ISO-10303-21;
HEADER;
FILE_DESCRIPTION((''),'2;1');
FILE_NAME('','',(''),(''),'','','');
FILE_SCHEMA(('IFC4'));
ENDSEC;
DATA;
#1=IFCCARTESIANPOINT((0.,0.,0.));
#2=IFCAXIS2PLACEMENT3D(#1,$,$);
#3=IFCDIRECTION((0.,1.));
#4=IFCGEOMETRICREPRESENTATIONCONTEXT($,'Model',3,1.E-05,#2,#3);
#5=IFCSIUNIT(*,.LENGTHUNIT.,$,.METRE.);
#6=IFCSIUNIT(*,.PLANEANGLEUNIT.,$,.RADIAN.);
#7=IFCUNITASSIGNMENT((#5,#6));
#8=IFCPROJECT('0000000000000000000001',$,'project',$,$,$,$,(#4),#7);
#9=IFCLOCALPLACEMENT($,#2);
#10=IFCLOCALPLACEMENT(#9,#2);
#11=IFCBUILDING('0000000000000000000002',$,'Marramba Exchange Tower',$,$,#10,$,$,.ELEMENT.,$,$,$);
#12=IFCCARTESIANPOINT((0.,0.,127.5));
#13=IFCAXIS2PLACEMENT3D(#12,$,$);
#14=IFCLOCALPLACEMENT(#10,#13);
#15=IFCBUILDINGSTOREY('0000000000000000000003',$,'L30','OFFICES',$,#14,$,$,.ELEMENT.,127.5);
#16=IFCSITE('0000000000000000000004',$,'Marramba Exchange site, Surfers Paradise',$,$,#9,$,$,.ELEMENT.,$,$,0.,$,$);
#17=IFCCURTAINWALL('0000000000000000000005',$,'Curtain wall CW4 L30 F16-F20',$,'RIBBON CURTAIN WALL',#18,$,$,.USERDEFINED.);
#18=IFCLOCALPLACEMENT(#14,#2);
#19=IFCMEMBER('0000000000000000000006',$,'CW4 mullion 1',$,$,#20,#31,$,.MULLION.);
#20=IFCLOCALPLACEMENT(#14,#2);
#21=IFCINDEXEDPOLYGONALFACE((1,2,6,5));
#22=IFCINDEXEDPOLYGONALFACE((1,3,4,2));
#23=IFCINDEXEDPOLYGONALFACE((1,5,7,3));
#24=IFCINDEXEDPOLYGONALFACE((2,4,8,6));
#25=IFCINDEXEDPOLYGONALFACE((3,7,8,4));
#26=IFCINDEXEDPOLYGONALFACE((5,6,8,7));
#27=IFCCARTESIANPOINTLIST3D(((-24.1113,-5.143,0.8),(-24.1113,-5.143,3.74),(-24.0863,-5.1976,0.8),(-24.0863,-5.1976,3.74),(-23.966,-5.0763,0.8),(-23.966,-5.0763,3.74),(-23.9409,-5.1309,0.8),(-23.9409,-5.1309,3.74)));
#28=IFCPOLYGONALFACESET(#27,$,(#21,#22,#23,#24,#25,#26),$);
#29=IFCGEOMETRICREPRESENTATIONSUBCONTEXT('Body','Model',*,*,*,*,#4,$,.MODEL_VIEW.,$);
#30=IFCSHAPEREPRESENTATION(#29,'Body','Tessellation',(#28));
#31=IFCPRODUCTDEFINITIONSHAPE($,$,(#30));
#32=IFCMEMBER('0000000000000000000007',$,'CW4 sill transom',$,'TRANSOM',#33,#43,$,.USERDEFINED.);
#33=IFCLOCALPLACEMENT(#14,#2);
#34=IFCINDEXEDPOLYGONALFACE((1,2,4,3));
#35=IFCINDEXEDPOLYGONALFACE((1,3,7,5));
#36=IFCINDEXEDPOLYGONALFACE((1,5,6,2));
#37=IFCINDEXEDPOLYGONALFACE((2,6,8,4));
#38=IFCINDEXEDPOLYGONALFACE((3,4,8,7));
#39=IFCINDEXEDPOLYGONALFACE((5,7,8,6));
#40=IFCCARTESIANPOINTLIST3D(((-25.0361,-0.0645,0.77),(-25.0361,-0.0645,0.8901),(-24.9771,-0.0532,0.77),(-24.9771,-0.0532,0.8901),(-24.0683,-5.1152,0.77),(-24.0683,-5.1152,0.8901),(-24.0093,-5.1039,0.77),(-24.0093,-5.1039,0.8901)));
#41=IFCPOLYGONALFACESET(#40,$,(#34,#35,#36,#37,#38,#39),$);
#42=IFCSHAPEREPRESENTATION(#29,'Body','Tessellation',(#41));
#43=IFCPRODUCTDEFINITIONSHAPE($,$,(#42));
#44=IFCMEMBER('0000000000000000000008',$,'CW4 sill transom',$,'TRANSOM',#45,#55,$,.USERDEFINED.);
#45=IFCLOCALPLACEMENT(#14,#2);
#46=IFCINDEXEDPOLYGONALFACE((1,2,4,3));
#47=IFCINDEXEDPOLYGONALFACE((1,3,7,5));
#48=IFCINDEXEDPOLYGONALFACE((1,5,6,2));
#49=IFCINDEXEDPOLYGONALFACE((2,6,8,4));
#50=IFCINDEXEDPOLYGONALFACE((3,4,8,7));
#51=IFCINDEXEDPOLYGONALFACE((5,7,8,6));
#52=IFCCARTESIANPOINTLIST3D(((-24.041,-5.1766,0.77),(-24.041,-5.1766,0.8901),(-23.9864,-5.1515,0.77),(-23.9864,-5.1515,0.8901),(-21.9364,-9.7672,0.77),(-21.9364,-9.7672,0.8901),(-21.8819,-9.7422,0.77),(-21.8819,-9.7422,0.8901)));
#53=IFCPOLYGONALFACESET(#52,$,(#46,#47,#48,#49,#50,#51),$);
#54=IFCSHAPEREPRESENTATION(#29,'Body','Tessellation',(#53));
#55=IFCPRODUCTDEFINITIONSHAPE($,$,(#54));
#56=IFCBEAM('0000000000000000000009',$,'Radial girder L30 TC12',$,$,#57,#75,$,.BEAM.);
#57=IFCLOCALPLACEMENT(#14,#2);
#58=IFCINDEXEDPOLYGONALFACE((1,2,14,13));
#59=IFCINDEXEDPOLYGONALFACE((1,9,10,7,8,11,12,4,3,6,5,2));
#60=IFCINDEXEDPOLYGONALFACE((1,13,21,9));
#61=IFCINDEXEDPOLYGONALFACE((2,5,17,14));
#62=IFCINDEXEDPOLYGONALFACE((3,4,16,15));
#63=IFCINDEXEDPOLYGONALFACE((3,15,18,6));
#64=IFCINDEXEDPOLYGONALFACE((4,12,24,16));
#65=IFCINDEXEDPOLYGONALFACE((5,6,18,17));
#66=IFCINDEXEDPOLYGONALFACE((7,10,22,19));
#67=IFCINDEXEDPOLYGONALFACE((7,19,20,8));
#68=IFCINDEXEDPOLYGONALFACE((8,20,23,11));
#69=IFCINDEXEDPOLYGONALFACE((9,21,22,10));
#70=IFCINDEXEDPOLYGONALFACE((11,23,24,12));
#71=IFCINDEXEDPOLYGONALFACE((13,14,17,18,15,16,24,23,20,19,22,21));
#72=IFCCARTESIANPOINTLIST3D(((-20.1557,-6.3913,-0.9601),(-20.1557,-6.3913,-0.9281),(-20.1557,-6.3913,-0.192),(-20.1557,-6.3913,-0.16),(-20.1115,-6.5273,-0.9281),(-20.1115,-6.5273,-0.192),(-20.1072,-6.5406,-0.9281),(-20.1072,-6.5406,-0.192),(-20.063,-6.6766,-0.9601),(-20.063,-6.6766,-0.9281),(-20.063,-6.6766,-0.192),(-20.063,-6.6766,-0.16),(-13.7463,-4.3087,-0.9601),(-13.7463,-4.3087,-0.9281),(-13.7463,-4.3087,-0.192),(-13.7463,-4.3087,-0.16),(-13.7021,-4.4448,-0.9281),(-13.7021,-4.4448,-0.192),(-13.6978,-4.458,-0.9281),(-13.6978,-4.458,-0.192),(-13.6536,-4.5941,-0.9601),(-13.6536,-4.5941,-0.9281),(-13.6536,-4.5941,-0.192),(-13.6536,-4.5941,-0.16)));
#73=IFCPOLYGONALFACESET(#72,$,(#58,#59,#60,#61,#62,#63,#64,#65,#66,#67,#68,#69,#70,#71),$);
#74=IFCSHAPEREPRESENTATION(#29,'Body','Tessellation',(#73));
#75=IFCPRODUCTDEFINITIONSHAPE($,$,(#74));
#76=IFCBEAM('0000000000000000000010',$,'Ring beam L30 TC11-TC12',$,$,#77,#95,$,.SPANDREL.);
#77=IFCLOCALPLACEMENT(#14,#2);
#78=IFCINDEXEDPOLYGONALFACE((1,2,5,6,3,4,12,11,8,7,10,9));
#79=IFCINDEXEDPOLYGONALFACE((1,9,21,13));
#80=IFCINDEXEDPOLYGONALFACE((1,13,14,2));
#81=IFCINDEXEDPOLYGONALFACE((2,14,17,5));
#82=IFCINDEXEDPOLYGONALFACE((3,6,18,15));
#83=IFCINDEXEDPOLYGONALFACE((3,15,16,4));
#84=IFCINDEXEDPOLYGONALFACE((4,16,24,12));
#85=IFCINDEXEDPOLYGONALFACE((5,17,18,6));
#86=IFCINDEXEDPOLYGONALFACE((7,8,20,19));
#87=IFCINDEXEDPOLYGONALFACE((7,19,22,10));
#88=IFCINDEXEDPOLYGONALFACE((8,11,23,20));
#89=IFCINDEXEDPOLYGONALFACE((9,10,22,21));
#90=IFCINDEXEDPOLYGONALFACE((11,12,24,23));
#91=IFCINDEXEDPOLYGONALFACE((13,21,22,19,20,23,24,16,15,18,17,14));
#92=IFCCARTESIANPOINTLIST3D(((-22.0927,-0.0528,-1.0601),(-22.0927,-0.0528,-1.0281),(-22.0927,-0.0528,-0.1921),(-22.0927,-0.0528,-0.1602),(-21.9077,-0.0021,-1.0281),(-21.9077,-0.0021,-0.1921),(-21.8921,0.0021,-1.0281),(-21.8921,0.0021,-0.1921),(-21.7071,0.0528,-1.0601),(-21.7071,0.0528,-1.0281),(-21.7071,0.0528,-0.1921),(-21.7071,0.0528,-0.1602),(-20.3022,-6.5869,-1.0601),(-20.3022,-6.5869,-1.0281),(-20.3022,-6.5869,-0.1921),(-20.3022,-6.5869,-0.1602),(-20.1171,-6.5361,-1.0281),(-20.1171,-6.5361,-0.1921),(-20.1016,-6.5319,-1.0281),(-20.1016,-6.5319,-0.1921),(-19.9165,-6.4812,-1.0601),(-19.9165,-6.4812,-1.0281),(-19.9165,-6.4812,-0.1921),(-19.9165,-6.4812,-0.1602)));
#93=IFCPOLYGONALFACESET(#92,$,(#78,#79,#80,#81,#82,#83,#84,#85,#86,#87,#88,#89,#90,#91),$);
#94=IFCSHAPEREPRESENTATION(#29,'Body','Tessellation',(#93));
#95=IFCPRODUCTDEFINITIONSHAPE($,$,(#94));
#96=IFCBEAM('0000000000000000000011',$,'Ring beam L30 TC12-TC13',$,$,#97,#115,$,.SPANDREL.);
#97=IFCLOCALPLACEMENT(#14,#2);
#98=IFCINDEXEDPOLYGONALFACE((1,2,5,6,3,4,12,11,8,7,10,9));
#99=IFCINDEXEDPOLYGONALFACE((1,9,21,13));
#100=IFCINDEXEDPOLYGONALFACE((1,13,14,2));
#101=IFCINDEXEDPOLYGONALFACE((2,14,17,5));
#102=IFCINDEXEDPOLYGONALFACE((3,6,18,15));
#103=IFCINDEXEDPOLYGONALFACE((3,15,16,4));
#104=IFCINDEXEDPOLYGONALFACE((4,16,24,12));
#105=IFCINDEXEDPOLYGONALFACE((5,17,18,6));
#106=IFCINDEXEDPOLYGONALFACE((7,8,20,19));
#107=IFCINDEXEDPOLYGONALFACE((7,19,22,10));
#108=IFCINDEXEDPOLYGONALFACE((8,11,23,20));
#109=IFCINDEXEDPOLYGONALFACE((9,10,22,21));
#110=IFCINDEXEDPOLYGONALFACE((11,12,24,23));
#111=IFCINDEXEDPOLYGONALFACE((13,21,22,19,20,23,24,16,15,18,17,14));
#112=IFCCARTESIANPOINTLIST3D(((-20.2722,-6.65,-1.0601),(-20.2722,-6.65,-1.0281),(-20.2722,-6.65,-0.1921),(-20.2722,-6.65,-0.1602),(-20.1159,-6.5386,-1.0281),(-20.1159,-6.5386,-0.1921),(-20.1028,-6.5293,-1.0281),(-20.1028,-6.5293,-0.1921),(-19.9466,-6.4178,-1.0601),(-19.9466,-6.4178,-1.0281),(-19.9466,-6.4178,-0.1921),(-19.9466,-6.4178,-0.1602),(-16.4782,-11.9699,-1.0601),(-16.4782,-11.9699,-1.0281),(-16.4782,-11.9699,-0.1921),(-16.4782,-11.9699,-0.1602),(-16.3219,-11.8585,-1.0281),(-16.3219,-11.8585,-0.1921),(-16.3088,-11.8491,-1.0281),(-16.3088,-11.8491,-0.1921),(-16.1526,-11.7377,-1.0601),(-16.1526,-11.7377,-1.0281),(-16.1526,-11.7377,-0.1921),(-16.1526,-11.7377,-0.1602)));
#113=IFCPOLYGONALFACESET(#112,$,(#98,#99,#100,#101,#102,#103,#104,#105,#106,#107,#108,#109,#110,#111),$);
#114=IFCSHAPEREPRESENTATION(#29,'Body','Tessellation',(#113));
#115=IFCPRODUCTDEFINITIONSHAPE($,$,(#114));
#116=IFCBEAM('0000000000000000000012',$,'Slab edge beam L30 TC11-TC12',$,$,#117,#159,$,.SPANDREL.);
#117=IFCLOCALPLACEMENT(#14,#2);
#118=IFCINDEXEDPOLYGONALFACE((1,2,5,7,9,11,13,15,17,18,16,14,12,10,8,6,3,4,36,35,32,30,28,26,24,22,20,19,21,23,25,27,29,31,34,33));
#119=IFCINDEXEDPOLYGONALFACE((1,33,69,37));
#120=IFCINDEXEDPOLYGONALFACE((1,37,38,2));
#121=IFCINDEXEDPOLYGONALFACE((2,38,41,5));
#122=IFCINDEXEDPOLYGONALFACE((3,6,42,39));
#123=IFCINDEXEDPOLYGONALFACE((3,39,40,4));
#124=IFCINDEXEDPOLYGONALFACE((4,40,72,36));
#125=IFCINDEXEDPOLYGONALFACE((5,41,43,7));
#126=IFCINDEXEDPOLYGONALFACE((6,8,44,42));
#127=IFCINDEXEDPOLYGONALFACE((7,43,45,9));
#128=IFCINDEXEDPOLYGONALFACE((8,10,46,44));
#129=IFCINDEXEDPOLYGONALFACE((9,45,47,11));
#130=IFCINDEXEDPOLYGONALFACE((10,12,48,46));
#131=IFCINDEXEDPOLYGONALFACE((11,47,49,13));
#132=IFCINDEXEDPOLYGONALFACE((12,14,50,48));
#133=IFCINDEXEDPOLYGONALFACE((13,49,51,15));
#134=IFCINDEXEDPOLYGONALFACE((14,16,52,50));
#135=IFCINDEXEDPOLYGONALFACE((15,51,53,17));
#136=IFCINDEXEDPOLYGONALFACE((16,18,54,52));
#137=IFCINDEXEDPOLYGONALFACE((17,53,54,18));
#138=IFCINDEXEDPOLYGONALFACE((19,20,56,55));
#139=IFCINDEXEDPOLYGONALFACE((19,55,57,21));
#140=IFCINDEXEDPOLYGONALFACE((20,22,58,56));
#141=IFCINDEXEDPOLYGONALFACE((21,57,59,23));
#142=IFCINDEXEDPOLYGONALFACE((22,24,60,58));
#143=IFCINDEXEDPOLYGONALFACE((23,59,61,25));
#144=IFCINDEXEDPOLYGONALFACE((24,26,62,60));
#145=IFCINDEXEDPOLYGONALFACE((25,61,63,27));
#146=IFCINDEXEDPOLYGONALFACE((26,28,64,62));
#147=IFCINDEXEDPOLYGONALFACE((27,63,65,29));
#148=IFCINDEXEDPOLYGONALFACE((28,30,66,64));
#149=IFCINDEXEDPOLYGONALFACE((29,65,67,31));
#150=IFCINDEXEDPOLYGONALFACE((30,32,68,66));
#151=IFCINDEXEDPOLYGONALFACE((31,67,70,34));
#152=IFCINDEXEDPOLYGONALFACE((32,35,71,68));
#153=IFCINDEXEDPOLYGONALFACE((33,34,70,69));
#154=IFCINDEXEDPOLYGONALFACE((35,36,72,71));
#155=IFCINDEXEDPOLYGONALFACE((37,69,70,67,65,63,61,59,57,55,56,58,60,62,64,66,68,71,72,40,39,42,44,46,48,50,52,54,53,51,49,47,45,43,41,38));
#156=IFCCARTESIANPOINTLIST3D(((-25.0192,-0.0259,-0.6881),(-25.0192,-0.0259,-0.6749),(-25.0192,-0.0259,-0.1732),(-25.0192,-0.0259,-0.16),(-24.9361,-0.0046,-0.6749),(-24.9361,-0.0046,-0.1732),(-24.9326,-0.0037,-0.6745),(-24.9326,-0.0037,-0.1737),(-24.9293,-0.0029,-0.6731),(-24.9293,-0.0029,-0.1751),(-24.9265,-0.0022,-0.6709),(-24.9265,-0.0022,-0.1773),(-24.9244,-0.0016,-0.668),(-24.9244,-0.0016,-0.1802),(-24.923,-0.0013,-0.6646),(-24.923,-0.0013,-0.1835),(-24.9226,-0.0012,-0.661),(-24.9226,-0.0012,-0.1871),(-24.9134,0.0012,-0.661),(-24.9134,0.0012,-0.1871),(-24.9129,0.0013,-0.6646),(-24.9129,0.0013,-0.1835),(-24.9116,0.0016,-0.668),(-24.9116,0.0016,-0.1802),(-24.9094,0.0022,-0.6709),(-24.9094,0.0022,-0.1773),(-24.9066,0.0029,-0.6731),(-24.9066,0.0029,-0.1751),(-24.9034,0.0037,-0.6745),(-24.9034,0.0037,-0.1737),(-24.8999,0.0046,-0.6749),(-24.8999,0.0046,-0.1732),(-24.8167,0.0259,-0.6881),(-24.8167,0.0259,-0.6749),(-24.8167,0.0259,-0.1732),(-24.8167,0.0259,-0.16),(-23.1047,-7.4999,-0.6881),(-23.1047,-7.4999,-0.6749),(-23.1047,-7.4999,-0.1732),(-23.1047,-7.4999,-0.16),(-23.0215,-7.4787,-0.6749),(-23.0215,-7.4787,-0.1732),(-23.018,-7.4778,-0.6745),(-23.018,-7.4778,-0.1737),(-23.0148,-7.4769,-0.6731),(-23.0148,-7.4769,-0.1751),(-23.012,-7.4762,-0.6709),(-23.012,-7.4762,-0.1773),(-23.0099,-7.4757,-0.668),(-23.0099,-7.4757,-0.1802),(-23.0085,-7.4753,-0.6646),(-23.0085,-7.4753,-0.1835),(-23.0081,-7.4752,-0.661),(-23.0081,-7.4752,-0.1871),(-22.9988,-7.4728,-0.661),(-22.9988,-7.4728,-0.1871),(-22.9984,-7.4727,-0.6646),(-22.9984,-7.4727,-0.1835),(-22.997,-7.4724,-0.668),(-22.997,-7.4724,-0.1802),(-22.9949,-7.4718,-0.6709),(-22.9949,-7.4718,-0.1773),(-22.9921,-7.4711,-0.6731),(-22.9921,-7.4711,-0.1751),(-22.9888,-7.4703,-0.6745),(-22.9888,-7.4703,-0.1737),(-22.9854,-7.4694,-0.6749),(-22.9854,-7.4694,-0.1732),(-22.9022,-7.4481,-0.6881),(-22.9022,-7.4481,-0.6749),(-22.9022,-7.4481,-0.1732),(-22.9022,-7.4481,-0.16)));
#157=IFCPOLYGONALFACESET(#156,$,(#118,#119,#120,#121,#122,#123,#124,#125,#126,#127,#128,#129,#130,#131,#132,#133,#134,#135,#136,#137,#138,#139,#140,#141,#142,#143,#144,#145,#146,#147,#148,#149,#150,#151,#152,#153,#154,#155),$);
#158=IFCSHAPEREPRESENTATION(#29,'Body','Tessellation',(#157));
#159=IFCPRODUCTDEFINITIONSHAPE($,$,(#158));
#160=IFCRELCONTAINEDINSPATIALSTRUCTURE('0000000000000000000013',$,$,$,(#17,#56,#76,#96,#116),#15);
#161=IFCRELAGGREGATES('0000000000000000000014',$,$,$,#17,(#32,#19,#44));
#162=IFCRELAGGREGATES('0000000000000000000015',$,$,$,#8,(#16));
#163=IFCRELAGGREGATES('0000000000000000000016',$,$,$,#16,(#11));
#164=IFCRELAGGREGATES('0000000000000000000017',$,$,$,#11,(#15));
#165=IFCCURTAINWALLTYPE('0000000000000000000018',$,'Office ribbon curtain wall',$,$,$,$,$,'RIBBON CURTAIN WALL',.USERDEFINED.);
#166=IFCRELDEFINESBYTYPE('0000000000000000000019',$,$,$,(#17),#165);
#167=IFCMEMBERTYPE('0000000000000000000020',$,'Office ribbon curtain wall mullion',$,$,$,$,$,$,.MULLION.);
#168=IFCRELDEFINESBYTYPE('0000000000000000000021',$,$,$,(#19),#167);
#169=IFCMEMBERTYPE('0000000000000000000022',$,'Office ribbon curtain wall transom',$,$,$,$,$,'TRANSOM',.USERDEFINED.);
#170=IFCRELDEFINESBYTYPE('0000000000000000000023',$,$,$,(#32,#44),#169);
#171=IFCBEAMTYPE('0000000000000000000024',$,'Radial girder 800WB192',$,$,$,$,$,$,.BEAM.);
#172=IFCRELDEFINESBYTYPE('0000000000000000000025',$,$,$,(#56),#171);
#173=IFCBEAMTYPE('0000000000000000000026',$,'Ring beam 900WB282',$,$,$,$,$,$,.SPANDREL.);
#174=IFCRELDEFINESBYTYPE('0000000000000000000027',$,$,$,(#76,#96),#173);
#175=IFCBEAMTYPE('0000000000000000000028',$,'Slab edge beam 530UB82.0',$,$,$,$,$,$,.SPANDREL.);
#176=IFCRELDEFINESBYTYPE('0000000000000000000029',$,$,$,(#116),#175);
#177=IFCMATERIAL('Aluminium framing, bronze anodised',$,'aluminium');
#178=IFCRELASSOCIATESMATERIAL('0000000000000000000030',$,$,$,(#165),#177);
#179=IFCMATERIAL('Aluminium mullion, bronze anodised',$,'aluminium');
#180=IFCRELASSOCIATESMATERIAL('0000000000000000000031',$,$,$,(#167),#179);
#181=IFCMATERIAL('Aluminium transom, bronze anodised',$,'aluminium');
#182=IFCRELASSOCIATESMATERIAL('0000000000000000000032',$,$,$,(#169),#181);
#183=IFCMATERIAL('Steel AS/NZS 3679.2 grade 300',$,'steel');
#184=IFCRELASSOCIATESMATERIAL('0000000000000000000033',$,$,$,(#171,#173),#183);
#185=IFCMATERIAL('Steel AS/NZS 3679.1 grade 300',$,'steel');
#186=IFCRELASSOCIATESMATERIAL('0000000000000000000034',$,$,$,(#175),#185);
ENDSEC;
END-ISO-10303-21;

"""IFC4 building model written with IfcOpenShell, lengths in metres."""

from ifc_helpers import new_model, si_unit, direction, frame, origin, origin_2d, place, context, subcontext, project, spatial, rectangle, i_section, extrude, material, material_profile, profile_set, type_object, element, aggregate, save


model = new_model("IFC4")

# Units and contexts
model_context = context("Model", 3, precision=1e-05, world=origin(), true_north=direction((0.0, 1.0)))
body_context = subcontext(model_context, "Body", "Model", "MODEL_VIEW")
ifc_project = project(units=[si_unit("LENGTHUNIT", "METRE"), si_unit("PLANEANGLEUNIT", "RADIAN")], contexts=[model_context])

# Site, building, storey
site_placement = place(None, origin())
site = spatial("IfcSite", under=ifc_project, at=site_placement, Name="Marramba Exchange site, Surfers Paradise", CompositionType="ELEMENT", RefElevation=0.0)
building_placement = place(site_placement, origin())
building = spatial("IfcBuilding", under=site, at=building_placement, Name="Marramba Exchange Tower", CompositionType="ELEMENT")
storey_placement = place(building_placement, frame((0.0, 0.0, 127.5)))
storey = spatial("IfcBuildingStorey", under=building, at=storey_placement, Name="L30", Description="OFFICES", CompositionType="ELEMENT", Elevation=127.5)

# Shared definitions
ifc_material_1 = material(Name="Steel AS/NZS 3679.2 grade 300", Category="steel")
ifc_material_2 = material(Name="Steel AS/NZS 3679.1 grade 300", Category="steel")

# Curtain wall, members
ifc_material_3 = material(Name="Aluminium framing, bronze anodised", Category="aluminium")
curtain_wall_type = type_object("IfcCurtainWallType", Name="Office ribbon curtain wall", ElementType="RIBBON CURTAIN WALL", PredefinedType="USERDEFINED", material=ifc_material_3)
curtain_wall_placement = place(storey_placement, origin())
curtain_wall = element("IfcCurtainWall", 1, at=curtain_wall_placement, inside=storey, type_object=curtain_wall_type, Name="Curtain wall CW4 L30 F16-F20", ObjectType="RIBBON CURTAIN WALL", PredefinedType="USERDEFINED")
ifc_material_4 = material(Name="Aluminium mullion, bronze anodised", Category="aluminium")
ifc_material_profile_1 = material_profile(ifc_material_4, rectangle(XDim=0.1599, YDim=0.0601, at=origin_2d()), Name="CW4 mullion 60x160")
ifc_profile_set_1 = profile_set([ifc_material_profile_1], Name="Aluminium mullion, bronze anodised")
member_type_1 = type_object("IfcMemberType", Name="Office ribbon curtain wall mullion", PredefinedType="MULLION", material=ifc_profile_set_1)
member_1_placement = place(storey_placement, frame((-24.0261, -5.137, 0.8), z_axis=(0.0, 0.0, 1.0), x_axis=(0.909027, 0.416738, 0.0)))
member_1 = element("IfcMember", 2, at=member_1_placement, type_object=member_type_1, Name="CW4 mullion 1", PredefinedType="MULLION", context=body_context, shape_type="SweptSolid", body=[
    extrude(rectangle(XDim=0.1599, YDim=0.0601, at=origin_2d()), origin(), (0.0, 0.0, 1.0), 2.9399),
])
ifc_material_5 = material(Name="Aluminium transom, bronze anodised", Category="aluminium")
ifc_material_profile_2 = material_profile(ifc_material_5, rectangle(XDim=0.0601, YDim=0.1201, at=origin_2d()), Name="CW4 transom 60x120")
ifc_profile_set_2 = profile_set([ifc_material_profile_2], Name="Aluminium transom, bronze anodised")
member_type_2 = type_object("IfcMemberType", Name="Office ribbon curtain wall transom", ElementType="TRANSOM", PredefinedType="USERDEFINED", material=ifc_profile_set_2)
member_2_placement = place(storey_placement, frame((-25.0066, -0.0588, 0.8301), z_axis=(0.188185, -0.982134, 0.0), x_axis=(0.982134, 0.188185, 0.0)))
member_2 = element("IfcMember", 3, at=member_2_placement, type_object=member_type_2, Name="CW4 sill transom", ObjectType="TRANSOM", PredefinedType="USERDEFINED", context=body_context, shape_type="SweptSolid", body=[
    extrude(rectangle(XDim=0.0601, YDim=0.1201, at=origin_2d()), origin(), (0.0, 0.0, 1.0), 5.1426),
])
member_3_placement = place(storey_placement, frame((-24.0137, -5.1641, 0.8301), z_axis=(0.416733, -0.909029, 0.0), x_axis=(0.909029, 0.416733, 0.0)))
member_3 = element("IfcMember", 4, at=member_3_placement, type_object=member_type_2, Name="CW4 sill transom", ObjectType="TRANSOM", PredefinedType="USERDEFINED", context=body_context, shape_type="SweptSolid", body=[
    extrude(rectangle(XDim=0.0601, YDim=0.1201, at=origin_2d()), origin(), (0.0, 0.0, 1.0), 5.05),
])

# Beams
ifc_material_profile_3 = material_profile(ifc_material_1, i_section(OverallWidth=0.3, OverallDepth=0.8, WebThickness=0.0139, FlangeThickness=0.032, at=origin_2d()), Name="800WB192")
ifc_profile_set_3 = profile_set([ifc_material_profile_3], Name="Steel AS/NZS 3679.2 grade 300")
beam_type_1 = type_object("IfcBeamType", Name="Radial girder 800WB192", PredefinedType="BEAM", material=ifc_profile_set_3)
beam_1_placement = place(storey_placement, frame((-13.7, -4.4514, -0.5601), z_axis=(-0.951058, -0.309013, 0.0), x_axis=(0.309013, -0.951058, 0.0)))
element("IfcBeam", 5, at=beam_1_placement, inside=storey, type_object=beam_type_1, Name="Radial girder L30 TC12", PredefinedType="BEAM", context=body_context, shape_type="SweptSolid", body=[
    extrude(i_section(OverallWidth=0.3, OverallDepth=0.8, WebThickness=0.0139, FlangeThickness=0.032, at=origin_2d()), origin(), (0.0, 0.0, 1.0), 6.7393),
])
ifc_material_profile_4 = material_profile(ifc_material_1, i_section(OverallWidth=0.3999, OverallDepth=0.8999, WebThickness=0.0161, FlangeThickness=0.032, at=origin_2d()), Name="900WB282")
ifc_profile_set_4 = profile_set([ifc_material_profile_4], Name="Steel AS/NZS 3679.2 grade 300")
beam_type_2 = type_object("IfcBeamType", Name="Ring beam 900WB282", PredefinedType="SPANDREL", material=ifc_profile_set_4)
beam_2_placement = place(storey_placement, frame((-21.8999, 0.0, -0.6101), z_axis=(0.264291, -0.964443, 0.0), x_axis=(0.964443, 0.264291, 0.0)))
element("IfcBeam", 6, at=beam_2_placement, inside=storey, type_object=beam_type_2, Name="Ring beam L30 TC11-TC12", PredefinedType="SPANDREL", context=body_context, shape_type="SweptSolid", body=[
    extrude(i_section(OverallWidth=0.3999, OverallDepth=0.8999, WebThickness=0.0161, FlangeThickness=0.032, at=origin_2d()), origin(), (0.0, 0.0, 1.0), 6.7749),
])
beam_3_placement = place(storey_placement, frame((-20.1094, -6.5339, -0.6101), z_axis=(0.580637, -0.814162, 0.0), x_axis=(0.814162, 0.580637, 0.0)))
element("IfcBeam", 7, at=beam_3_placement, inside=storey, type_object=beam_type_2, Name="Ring beam L30 TC12-TC13", PredefinedType="SPANDREL", context=body_context, shape_type="SweptSolid", body=[
    extrude(i_section(OverallWidth=0.3999, OverallDepth=0.8999, WebThickness=0.0161, FlangeThickness=0.032, at=origin_2d()), origin(), (0.0, 0.0, 1.0), 6.5342),
])
ifc_material_profile_5 = material_profile(ifc_material_2, i_section(OverallWidth=0.209, OverallDepth=0.5281, WebThickness=0.0095, FlangeThickness=0.0132, FilletRadius=0.0139, at=origin_2d()), Name="530UB82.0")
ifc_profile_set_5 = profile_set([ifc_material_profile_5], Name="Steel AS/NZS 3679.1 grade 300")
beam_type_3 = type_object("IfcBeamType", Name="Slab edge beam 530UB82.0", PredefinedType="SPANDREL", material=ifc_profile_set_5)
beam_4_placement = place(storey_placement, frame((-24.918, 0.0, -0.4241), z_axis=(0.248145, -0.968723, 0.0), x_axis=(0.968723, 0.248145, 0.0)))
element("IfcBeam", 8, at=beam_4_placement, inside=storey, type_object=beam_type_3, Name="Slab edge beam L30 TC11-TC12", PredefinedType="SPANDREL", context=body_context, shape_type="SweptSolid", body=[
    extrude(i_section(OverallWidth=0.209, OverallDepth=0.5281, WebThickness=0.0095, FlangeThickness=0.0132, FilletRadius=0.0139, at=origin_2d()), origin(), (0.0, 0.0, 1.0), 7.7153),
])

aggregate(curtain_wall, [member_2, member_1, member_3])

save(model, "model.ifc")
